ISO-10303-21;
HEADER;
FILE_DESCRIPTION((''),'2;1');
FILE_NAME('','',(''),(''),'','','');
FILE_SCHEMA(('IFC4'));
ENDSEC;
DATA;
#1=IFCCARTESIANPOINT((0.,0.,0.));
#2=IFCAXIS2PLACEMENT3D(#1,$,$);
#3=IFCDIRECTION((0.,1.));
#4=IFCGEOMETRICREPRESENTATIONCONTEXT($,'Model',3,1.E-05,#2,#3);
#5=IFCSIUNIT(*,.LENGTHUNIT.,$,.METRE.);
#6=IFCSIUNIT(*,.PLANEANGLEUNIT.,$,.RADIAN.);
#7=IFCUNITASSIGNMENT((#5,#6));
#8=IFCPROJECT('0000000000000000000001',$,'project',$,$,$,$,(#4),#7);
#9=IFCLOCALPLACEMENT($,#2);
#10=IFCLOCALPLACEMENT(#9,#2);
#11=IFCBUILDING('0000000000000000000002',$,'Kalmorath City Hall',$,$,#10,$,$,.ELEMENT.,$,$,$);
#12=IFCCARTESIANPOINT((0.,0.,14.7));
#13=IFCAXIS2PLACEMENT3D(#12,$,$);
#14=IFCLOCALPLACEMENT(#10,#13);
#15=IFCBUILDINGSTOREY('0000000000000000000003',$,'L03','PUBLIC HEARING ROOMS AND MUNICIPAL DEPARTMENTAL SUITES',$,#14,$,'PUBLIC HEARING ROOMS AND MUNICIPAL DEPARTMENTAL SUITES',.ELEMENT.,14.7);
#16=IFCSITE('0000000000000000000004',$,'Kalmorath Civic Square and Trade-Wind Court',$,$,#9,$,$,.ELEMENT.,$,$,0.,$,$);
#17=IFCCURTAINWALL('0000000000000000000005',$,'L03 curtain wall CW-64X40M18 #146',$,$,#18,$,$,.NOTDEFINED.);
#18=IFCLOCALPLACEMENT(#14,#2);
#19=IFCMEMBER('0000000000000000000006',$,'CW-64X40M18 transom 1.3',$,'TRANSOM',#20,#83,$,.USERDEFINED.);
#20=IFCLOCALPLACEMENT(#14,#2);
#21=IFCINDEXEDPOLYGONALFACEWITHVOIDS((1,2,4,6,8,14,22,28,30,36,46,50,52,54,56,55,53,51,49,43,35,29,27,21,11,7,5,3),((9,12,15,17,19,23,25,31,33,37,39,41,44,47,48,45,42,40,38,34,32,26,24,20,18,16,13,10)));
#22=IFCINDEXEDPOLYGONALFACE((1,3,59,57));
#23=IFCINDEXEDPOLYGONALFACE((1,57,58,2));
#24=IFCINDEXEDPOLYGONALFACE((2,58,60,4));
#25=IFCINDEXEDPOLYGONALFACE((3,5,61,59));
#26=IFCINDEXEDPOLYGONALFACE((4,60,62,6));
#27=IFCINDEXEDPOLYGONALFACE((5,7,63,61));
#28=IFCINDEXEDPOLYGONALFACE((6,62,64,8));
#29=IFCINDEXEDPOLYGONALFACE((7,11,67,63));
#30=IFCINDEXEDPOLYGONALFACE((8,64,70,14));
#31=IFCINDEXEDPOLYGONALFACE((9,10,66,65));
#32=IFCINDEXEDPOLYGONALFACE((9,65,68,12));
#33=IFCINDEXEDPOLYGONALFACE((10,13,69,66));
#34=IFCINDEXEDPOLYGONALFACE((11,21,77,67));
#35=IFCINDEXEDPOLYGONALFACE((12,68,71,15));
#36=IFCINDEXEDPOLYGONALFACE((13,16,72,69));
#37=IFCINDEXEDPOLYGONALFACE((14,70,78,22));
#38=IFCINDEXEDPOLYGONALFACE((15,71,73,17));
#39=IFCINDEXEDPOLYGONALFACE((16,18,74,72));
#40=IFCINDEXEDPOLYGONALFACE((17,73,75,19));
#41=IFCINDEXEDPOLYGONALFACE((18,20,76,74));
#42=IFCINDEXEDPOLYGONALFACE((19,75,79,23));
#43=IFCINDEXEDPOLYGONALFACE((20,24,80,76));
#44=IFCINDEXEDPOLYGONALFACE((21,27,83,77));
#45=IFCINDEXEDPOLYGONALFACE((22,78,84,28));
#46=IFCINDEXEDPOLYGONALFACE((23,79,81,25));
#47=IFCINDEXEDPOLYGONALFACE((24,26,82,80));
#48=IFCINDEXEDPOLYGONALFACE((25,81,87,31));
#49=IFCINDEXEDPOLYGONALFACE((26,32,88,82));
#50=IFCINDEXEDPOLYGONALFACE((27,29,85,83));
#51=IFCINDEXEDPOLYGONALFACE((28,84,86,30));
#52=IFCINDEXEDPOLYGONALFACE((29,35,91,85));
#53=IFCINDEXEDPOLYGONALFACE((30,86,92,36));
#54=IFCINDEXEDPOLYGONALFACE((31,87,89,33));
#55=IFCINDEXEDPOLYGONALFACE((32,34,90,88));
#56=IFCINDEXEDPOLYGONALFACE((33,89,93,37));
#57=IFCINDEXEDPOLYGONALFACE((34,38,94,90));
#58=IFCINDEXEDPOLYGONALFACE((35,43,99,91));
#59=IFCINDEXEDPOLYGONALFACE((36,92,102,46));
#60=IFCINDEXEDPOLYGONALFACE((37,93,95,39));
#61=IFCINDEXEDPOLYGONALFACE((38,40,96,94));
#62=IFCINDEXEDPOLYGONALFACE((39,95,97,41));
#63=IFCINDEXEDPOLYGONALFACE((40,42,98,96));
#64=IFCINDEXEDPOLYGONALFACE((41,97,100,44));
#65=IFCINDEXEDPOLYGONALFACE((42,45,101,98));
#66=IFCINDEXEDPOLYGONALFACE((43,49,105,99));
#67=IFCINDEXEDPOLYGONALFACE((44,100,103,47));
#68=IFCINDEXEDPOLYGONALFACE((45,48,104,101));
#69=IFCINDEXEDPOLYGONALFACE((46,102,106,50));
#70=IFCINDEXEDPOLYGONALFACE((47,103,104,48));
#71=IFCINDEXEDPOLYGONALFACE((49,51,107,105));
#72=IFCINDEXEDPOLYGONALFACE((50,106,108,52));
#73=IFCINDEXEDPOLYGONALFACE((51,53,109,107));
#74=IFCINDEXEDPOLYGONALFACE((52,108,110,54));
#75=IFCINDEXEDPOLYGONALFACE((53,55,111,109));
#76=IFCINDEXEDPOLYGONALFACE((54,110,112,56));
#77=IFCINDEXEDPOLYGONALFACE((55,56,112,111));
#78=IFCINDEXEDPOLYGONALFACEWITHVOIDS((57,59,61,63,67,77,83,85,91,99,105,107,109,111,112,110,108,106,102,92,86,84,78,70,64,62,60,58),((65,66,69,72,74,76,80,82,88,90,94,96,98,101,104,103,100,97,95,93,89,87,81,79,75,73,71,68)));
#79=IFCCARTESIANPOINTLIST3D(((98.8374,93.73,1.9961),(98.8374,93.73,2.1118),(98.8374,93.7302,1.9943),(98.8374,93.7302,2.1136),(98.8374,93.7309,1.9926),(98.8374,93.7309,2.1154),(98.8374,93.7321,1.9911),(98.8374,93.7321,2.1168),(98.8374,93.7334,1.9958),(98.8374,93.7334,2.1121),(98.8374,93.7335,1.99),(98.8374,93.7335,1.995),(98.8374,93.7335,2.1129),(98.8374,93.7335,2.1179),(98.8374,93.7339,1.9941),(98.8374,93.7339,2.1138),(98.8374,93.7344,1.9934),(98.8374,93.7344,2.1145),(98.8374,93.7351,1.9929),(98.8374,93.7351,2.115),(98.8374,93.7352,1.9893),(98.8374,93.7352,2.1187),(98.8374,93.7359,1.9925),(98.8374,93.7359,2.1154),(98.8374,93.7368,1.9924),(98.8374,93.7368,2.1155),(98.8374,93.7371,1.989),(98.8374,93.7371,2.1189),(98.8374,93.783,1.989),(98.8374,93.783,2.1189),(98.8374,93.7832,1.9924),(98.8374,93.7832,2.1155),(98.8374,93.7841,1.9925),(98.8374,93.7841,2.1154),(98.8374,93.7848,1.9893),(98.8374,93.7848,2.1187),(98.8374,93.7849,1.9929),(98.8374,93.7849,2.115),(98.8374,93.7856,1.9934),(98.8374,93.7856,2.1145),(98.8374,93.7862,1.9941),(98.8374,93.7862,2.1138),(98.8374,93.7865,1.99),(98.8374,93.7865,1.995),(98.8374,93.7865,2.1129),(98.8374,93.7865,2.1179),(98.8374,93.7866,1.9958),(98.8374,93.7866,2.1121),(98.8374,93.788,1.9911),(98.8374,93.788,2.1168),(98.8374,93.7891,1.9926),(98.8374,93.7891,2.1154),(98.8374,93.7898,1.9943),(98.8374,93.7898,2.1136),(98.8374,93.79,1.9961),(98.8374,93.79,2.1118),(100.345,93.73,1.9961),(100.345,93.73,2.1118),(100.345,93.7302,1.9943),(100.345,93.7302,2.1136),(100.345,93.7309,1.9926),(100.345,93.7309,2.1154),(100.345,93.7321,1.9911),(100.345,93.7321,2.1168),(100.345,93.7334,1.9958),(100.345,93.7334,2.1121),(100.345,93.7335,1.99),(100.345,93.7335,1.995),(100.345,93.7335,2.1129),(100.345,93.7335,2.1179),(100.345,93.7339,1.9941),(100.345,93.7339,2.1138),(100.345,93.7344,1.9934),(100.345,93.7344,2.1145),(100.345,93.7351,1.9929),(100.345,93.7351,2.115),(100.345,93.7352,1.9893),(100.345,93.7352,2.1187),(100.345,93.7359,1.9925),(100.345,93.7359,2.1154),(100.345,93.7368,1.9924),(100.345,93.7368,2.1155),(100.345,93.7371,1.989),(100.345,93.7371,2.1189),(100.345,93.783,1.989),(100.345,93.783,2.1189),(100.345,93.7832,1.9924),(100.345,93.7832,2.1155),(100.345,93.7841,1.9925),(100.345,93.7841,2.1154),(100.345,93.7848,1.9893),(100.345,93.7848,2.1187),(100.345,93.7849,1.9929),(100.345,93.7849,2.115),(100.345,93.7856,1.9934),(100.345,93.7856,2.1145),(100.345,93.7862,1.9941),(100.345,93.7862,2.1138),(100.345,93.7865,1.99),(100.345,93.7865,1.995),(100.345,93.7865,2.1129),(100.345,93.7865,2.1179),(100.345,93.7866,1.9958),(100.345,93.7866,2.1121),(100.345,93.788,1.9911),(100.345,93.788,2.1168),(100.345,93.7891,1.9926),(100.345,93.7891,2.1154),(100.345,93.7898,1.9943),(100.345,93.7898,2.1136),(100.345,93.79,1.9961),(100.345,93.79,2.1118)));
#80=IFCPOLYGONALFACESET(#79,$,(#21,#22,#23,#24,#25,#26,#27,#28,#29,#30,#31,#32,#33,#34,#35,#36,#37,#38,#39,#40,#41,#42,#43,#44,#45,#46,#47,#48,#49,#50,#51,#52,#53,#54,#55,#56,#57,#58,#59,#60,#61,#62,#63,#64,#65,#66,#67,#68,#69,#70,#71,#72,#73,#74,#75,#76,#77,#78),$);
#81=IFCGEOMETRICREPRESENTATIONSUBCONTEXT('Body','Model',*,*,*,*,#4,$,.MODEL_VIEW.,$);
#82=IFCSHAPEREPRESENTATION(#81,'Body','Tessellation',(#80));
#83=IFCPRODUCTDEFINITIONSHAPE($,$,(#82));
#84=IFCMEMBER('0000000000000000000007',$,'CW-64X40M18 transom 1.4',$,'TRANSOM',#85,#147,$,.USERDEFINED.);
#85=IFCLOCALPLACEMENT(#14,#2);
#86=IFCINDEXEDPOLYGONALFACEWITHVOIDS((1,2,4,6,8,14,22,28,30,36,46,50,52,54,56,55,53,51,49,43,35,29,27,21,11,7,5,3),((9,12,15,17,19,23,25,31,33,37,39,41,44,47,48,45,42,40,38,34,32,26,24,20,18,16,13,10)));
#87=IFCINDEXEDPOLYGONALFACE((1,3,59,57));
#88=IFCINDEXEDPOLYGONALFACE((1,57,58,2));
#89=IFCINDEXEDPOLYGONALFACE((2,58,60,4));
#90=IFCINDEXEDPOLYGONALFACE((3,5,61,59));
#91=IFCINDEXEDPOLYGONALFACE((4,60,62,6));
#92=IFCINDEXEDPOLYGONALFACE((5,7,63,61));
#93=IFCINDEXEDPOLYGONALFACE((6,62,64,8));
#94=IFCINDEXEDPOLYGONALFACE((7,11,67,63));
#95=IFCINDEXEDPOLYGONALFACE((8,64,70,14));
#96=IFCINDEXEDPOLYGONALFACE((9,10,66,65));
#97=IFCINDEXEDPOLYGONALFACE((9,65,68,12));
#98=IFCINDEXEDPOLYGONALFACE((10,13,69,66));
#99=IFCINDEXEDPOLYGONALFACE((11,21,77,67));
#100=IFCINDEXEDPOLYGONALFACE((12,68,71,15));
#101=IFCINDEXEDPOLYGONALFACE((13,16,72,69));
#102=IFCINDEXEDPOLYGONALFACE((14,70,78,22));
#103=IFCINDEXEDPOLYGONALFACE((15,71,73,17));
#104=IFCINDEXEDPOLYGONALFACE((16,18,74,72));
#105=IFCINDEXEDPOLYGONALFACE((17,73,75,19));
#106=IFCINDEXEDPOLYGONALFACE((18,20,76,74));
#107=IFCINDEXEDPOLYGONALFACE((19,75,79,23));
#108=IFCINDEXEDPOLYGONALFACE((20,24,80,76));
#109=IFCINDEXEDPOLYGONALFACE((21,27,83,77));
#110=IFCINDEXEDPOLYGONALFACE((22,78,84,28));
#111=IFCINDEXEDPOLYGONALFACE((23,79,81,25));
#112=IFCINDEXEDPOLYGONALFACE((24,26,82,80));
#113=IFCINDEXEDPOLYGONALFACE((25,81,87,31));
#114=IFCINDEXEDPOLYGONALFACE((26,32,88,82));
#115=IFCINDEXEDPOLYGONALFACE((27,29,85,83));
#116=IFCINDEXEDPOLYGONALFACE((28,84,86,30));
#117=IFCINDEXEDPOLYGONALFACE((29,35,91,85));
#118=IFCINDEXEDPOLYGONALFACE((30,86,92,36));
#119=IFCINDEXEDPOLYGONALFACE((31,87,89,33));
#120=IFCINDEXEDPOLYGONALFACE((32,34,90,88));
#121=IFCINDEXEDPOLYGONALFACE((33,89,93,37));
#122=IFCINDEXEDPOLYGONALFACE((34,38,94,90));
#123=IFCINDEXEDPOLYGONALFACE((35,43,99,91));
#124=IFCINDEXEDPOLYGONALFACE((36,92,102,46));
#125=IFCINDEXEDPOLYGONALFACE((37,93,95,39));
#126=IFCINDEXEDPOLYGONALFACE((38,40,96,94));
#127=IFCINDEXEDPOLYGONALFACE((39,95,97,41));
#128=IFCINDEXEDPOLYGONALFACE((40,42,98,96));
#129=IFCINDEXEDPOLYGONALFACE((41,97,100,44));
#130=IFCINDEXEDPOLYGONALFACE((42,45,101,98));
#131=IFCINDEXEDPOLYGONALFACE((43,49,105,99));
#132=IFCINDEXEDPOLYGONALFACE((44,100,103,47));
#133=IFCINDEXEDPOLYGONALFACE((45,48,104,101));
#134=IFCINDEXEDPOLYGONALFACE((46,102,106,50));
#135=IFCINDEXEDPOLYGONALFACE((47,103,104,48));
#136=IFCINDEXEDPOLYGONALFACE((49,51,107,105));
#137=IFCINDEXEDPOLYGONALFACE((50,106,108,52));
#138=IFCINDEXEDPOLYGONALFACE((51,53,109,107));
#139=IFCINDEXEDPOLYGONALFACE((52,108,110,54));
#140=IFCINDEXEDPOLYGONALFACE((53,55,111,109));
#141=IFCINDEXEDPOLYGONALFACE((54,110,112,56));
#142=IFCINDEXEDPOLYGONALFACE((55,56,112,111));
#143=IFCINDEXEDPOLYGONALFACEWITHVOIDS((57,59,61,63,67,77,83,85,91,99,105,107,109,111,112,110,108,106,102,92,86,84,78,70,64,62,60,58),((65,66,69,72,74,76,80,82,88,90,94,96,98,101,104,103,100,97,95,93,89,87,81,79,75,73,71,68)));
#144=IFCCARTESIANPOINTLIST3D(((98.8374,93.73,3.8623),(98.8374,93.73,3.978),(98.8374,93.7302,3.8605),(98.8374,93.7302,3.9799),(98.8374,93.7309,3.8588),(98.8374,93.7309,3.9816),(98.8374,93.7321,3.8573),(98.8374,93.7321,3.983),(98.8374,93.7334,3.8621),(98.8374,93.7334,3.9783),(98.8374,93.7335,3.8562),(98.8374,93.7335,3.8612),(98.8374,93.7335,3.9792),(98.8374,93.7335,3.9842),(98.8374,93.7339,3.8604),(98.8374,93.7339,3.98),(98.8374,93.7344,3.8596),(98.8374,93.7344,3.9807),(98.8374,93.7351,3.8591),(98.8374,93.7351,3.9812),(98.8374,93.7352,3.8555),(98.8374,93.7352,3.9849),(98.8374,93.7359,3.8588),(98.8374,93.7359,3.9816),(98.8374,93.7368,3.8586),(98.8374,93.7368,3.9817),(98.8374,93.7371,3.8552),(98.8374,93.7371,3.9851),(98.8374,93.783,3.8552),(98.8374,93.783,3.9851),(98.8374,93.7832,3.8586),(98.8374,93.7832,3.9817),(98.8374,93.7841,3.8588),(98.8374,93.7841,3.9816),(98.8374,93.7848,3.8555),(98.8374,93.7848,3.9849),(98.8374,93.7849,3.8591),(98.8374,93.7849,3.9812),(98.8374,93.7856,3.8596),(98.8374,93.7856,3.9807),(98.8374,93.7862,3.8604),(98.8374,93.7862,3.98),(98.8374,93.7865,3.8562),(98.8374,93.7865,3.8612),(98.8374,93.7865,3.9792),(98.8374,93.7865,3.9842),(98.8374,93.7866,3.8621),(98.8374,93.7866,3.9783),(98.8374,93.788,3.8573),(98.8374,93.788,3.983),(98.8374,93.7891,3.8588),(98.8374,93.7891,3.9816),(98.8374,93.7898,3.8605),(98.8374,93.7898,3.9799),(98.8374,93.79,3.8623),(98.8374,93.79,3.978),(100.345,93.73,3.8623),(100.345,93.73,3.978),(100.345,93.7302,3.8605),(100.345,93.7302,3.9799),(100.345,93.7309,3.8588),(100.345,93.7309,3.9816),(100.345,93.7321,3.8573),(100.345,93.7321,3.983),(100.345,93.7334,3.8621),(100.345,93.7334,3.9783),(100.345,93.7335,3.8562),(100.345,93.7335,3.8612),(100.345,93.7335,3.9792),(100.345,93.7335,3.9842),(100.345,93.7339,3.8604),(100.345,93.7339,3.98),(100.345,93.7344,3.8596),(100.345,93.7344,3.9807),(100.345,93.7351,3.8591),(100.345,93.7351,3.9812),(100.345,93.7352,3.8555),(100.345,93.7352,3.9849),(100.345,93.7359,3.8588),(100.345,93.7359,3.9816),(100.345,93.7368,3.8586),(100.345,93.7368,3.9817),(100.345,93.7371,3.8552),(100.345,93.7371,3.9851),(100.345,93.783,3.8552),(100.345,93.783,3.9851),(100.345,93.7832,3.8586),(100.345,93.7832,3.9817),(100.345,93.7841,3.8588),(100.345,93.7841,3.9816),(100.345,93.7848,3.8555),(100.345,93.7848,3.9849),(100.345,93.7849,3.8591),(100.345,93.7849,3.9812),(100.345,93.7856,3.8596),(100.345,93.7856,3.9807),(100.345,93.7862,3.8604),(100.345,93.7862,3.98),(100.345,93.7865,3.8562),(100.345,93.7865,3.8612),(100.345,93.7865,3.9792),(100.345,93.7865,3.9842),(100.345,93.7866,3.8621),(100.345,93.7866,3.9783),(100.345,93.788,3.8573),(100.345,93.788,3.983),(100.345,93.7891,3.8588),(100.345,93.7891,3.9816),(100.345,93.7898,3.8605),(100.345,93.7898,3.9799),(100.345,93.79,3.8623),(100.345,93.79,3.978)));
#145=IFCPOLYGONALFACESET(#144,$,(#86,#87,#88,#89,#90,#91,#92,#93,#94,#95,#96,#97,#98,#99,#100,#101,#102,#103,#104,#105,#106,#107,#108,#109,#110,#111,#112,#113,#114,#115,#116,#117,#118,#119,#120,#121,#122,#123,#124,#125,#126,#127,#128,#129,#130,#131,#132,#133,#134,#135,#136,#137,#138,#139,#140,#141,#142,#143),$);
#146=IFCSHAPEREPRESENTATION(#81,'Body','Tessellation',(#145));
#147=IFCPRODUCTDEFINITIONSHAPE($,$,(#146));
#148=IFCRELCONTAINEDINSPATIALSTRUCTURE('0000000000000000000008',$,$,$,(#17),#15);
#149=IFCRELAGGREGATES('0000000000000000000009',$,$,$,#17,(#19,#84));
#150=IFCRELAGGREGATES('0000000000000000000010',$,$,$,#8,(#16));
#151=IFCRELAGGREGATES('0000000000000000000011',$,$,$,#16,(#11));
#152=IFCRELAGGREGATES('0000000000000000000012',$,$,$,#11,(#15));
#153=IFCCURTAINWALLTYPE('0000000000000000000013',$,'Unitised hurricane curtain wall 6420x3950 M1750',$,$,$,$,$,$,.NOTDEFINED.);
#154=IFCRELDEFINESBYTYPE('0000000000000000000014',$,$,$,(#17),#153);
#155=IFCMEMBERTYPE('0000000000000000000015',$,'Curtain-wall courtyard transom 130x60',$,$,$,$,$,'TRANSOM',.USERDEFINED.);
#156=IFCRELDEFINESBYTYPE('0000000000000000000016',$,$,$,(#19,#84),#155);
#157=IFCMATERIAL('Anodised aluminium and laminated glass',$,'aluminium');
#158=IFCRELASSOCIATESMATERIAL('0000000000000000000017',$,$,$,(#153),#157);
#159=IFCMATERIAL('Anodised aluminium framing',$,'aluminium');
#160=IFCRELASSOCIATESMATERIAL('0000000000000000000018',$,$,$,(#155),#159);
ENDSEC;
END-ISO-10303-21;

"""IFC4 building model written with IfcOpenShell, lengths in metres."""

from ifc_helpers import new_model, si_unit, direction, frame, origin, origin_2d, place, context, subcontext, project, spatial, hollow_rectangle, extrude, material, material_profile, profile_set, type_object, element, aggregate, save


model = new_model("IFC4")

# Units and contexts
model_context = context("Model", 3, precision=1e-05, world=origin(), true_north=direction((0.0, 1.0)))
body_context = subcontext(model_context, "Body", "Model", "MODEL_VIEW")
ifc_project = project(units=[si_unit("LENGTHUNIT", "METRE"), si_unit("PLANEANGLEUNIT", "RADIAN")], contexts=[model_context])

# Site, building, storey
site_placement = place(None, origin())
site = spatial("IfcSite", under=ifc_project, at=site_placement, Name="Kalmorath Civic Square and Trade-Wind Court", CompositionType="ELEMENT", RefElevation=0.0)
building_placement = place(site_placement, origin())
building = spatial("IfcBuilding", under=site, at=building_placement, Name="Kalmorath City Hall", CompositionType="ELEMENT")
storey_placement = place(building_placement, frame((0.0, 0.0, 14.7)))
storey = spatial("IfcBuildingStorey", under=building, at=storey_placement, Name="L03", Description="PUBLIC HEARING ROOMS AND MUNICIPAL DEPARTMENTAL SUITES", LongName="PUBLIC HEARING ROOMS AND MUNICIPAL DEPARTMENTAL SUITES", CompositionType="ELEMENT", Elevation=14.7)

# Curtain wall, members
ifc_material_1 = material(Name="Anodised aluminium and laminated glass", Category="aluminium")
curtain_wall_type = type_object("IfcCurtainWallType", Name="Unitised hurricane curtain wall 6420x3950 M1750", PredefinedType="NOTDEFINED", material=ifc_material_1)
curtain_wall_placement = place(storey_placement, origin())
curtain_wall = element("IfcCurtainWall", 1, at=curtain_wall_placement, inside=storey, type_object=curtain_wall_type, Name="L03 curtain wall CW-64X40M18 #146", PredefinedType="NOTDEFINED")
ifc_material_2 = material(Name="Anodised aluminium framing", Category="aluminium")
ifc_material_profile_1 = material_profile(ifc_material_2, hollow_rectangle(XDim=0.0601, YDim=0.1299, WallThickness=0.0034, InnerFilletRadius=0.0034, OuterFilletRadius=0.0071, at=origin_2d()), Name="ALU-TRN-130X60X3.5")
ifc_profile_set_1 = profile_set([ifc_material_profile_1], Name="Anodised aluminium framing")
member_type_1 = type_object("IfcMemberType", Name="Curtain-wall courtyard transom 130x60", ElementType="TRANSOM", PredefinedType="USERDEFINED", material=ifc_profile_set_1)
member_1_placement = place(storey_placement, frame((100.345, 93.76, 2.054), z_axis=(-1.0, 0.0, 0.0), x_axis=(0.0, -1.0, 0.0)))
member_1 = element("IfcMember", 2, at=member_1_placement, type_object=member_type_1, Name="CW-64X40M18 transom 1.3", ObjectType="TRANSOM", PredefinedType="USERDEFINED", context=body_context, shape_type="SweptSolid", body=[
    extrude(hollow_rectangle(XDim=0.0601, YDim=0.1299, WallThickness=0.0034, InnerFilletRadius=0.0034, OuterFilletRadius=0.0071, at=origin_2d()), origin(), (0.0, 0.0, 1.0), 1.5076),
])
member_2_placement = place(storey_placement, frame((100.345, 93.76, 3.9202), z_axis=(-1.0, 0.0, 0.0), x_axis=(0.0, -1.0, 0.0)))
member_2 = element("IfcMember", 3, at=member_2_placement, type_object=member_type_1, Name="CW-64X40M18 transom 1.4", ObjectType="TRANSOM", PredefinedType="USERDEFINED", context=body_context, shape_type="SweptSolid", body=[
    extrude(hollow_rectangle(XDim=0.0601, YDim=0.1299, WallThickness=0.0034, InnerFilletRadius=0.0034, OuterFilletRadius=0.0071, at=origin_2d()), origin(), (0.0, 0.0, 1.0), 1.5076),
])

aggregate(curtain_wall, [member_1, member_2])

save(model, "model.ifc")
